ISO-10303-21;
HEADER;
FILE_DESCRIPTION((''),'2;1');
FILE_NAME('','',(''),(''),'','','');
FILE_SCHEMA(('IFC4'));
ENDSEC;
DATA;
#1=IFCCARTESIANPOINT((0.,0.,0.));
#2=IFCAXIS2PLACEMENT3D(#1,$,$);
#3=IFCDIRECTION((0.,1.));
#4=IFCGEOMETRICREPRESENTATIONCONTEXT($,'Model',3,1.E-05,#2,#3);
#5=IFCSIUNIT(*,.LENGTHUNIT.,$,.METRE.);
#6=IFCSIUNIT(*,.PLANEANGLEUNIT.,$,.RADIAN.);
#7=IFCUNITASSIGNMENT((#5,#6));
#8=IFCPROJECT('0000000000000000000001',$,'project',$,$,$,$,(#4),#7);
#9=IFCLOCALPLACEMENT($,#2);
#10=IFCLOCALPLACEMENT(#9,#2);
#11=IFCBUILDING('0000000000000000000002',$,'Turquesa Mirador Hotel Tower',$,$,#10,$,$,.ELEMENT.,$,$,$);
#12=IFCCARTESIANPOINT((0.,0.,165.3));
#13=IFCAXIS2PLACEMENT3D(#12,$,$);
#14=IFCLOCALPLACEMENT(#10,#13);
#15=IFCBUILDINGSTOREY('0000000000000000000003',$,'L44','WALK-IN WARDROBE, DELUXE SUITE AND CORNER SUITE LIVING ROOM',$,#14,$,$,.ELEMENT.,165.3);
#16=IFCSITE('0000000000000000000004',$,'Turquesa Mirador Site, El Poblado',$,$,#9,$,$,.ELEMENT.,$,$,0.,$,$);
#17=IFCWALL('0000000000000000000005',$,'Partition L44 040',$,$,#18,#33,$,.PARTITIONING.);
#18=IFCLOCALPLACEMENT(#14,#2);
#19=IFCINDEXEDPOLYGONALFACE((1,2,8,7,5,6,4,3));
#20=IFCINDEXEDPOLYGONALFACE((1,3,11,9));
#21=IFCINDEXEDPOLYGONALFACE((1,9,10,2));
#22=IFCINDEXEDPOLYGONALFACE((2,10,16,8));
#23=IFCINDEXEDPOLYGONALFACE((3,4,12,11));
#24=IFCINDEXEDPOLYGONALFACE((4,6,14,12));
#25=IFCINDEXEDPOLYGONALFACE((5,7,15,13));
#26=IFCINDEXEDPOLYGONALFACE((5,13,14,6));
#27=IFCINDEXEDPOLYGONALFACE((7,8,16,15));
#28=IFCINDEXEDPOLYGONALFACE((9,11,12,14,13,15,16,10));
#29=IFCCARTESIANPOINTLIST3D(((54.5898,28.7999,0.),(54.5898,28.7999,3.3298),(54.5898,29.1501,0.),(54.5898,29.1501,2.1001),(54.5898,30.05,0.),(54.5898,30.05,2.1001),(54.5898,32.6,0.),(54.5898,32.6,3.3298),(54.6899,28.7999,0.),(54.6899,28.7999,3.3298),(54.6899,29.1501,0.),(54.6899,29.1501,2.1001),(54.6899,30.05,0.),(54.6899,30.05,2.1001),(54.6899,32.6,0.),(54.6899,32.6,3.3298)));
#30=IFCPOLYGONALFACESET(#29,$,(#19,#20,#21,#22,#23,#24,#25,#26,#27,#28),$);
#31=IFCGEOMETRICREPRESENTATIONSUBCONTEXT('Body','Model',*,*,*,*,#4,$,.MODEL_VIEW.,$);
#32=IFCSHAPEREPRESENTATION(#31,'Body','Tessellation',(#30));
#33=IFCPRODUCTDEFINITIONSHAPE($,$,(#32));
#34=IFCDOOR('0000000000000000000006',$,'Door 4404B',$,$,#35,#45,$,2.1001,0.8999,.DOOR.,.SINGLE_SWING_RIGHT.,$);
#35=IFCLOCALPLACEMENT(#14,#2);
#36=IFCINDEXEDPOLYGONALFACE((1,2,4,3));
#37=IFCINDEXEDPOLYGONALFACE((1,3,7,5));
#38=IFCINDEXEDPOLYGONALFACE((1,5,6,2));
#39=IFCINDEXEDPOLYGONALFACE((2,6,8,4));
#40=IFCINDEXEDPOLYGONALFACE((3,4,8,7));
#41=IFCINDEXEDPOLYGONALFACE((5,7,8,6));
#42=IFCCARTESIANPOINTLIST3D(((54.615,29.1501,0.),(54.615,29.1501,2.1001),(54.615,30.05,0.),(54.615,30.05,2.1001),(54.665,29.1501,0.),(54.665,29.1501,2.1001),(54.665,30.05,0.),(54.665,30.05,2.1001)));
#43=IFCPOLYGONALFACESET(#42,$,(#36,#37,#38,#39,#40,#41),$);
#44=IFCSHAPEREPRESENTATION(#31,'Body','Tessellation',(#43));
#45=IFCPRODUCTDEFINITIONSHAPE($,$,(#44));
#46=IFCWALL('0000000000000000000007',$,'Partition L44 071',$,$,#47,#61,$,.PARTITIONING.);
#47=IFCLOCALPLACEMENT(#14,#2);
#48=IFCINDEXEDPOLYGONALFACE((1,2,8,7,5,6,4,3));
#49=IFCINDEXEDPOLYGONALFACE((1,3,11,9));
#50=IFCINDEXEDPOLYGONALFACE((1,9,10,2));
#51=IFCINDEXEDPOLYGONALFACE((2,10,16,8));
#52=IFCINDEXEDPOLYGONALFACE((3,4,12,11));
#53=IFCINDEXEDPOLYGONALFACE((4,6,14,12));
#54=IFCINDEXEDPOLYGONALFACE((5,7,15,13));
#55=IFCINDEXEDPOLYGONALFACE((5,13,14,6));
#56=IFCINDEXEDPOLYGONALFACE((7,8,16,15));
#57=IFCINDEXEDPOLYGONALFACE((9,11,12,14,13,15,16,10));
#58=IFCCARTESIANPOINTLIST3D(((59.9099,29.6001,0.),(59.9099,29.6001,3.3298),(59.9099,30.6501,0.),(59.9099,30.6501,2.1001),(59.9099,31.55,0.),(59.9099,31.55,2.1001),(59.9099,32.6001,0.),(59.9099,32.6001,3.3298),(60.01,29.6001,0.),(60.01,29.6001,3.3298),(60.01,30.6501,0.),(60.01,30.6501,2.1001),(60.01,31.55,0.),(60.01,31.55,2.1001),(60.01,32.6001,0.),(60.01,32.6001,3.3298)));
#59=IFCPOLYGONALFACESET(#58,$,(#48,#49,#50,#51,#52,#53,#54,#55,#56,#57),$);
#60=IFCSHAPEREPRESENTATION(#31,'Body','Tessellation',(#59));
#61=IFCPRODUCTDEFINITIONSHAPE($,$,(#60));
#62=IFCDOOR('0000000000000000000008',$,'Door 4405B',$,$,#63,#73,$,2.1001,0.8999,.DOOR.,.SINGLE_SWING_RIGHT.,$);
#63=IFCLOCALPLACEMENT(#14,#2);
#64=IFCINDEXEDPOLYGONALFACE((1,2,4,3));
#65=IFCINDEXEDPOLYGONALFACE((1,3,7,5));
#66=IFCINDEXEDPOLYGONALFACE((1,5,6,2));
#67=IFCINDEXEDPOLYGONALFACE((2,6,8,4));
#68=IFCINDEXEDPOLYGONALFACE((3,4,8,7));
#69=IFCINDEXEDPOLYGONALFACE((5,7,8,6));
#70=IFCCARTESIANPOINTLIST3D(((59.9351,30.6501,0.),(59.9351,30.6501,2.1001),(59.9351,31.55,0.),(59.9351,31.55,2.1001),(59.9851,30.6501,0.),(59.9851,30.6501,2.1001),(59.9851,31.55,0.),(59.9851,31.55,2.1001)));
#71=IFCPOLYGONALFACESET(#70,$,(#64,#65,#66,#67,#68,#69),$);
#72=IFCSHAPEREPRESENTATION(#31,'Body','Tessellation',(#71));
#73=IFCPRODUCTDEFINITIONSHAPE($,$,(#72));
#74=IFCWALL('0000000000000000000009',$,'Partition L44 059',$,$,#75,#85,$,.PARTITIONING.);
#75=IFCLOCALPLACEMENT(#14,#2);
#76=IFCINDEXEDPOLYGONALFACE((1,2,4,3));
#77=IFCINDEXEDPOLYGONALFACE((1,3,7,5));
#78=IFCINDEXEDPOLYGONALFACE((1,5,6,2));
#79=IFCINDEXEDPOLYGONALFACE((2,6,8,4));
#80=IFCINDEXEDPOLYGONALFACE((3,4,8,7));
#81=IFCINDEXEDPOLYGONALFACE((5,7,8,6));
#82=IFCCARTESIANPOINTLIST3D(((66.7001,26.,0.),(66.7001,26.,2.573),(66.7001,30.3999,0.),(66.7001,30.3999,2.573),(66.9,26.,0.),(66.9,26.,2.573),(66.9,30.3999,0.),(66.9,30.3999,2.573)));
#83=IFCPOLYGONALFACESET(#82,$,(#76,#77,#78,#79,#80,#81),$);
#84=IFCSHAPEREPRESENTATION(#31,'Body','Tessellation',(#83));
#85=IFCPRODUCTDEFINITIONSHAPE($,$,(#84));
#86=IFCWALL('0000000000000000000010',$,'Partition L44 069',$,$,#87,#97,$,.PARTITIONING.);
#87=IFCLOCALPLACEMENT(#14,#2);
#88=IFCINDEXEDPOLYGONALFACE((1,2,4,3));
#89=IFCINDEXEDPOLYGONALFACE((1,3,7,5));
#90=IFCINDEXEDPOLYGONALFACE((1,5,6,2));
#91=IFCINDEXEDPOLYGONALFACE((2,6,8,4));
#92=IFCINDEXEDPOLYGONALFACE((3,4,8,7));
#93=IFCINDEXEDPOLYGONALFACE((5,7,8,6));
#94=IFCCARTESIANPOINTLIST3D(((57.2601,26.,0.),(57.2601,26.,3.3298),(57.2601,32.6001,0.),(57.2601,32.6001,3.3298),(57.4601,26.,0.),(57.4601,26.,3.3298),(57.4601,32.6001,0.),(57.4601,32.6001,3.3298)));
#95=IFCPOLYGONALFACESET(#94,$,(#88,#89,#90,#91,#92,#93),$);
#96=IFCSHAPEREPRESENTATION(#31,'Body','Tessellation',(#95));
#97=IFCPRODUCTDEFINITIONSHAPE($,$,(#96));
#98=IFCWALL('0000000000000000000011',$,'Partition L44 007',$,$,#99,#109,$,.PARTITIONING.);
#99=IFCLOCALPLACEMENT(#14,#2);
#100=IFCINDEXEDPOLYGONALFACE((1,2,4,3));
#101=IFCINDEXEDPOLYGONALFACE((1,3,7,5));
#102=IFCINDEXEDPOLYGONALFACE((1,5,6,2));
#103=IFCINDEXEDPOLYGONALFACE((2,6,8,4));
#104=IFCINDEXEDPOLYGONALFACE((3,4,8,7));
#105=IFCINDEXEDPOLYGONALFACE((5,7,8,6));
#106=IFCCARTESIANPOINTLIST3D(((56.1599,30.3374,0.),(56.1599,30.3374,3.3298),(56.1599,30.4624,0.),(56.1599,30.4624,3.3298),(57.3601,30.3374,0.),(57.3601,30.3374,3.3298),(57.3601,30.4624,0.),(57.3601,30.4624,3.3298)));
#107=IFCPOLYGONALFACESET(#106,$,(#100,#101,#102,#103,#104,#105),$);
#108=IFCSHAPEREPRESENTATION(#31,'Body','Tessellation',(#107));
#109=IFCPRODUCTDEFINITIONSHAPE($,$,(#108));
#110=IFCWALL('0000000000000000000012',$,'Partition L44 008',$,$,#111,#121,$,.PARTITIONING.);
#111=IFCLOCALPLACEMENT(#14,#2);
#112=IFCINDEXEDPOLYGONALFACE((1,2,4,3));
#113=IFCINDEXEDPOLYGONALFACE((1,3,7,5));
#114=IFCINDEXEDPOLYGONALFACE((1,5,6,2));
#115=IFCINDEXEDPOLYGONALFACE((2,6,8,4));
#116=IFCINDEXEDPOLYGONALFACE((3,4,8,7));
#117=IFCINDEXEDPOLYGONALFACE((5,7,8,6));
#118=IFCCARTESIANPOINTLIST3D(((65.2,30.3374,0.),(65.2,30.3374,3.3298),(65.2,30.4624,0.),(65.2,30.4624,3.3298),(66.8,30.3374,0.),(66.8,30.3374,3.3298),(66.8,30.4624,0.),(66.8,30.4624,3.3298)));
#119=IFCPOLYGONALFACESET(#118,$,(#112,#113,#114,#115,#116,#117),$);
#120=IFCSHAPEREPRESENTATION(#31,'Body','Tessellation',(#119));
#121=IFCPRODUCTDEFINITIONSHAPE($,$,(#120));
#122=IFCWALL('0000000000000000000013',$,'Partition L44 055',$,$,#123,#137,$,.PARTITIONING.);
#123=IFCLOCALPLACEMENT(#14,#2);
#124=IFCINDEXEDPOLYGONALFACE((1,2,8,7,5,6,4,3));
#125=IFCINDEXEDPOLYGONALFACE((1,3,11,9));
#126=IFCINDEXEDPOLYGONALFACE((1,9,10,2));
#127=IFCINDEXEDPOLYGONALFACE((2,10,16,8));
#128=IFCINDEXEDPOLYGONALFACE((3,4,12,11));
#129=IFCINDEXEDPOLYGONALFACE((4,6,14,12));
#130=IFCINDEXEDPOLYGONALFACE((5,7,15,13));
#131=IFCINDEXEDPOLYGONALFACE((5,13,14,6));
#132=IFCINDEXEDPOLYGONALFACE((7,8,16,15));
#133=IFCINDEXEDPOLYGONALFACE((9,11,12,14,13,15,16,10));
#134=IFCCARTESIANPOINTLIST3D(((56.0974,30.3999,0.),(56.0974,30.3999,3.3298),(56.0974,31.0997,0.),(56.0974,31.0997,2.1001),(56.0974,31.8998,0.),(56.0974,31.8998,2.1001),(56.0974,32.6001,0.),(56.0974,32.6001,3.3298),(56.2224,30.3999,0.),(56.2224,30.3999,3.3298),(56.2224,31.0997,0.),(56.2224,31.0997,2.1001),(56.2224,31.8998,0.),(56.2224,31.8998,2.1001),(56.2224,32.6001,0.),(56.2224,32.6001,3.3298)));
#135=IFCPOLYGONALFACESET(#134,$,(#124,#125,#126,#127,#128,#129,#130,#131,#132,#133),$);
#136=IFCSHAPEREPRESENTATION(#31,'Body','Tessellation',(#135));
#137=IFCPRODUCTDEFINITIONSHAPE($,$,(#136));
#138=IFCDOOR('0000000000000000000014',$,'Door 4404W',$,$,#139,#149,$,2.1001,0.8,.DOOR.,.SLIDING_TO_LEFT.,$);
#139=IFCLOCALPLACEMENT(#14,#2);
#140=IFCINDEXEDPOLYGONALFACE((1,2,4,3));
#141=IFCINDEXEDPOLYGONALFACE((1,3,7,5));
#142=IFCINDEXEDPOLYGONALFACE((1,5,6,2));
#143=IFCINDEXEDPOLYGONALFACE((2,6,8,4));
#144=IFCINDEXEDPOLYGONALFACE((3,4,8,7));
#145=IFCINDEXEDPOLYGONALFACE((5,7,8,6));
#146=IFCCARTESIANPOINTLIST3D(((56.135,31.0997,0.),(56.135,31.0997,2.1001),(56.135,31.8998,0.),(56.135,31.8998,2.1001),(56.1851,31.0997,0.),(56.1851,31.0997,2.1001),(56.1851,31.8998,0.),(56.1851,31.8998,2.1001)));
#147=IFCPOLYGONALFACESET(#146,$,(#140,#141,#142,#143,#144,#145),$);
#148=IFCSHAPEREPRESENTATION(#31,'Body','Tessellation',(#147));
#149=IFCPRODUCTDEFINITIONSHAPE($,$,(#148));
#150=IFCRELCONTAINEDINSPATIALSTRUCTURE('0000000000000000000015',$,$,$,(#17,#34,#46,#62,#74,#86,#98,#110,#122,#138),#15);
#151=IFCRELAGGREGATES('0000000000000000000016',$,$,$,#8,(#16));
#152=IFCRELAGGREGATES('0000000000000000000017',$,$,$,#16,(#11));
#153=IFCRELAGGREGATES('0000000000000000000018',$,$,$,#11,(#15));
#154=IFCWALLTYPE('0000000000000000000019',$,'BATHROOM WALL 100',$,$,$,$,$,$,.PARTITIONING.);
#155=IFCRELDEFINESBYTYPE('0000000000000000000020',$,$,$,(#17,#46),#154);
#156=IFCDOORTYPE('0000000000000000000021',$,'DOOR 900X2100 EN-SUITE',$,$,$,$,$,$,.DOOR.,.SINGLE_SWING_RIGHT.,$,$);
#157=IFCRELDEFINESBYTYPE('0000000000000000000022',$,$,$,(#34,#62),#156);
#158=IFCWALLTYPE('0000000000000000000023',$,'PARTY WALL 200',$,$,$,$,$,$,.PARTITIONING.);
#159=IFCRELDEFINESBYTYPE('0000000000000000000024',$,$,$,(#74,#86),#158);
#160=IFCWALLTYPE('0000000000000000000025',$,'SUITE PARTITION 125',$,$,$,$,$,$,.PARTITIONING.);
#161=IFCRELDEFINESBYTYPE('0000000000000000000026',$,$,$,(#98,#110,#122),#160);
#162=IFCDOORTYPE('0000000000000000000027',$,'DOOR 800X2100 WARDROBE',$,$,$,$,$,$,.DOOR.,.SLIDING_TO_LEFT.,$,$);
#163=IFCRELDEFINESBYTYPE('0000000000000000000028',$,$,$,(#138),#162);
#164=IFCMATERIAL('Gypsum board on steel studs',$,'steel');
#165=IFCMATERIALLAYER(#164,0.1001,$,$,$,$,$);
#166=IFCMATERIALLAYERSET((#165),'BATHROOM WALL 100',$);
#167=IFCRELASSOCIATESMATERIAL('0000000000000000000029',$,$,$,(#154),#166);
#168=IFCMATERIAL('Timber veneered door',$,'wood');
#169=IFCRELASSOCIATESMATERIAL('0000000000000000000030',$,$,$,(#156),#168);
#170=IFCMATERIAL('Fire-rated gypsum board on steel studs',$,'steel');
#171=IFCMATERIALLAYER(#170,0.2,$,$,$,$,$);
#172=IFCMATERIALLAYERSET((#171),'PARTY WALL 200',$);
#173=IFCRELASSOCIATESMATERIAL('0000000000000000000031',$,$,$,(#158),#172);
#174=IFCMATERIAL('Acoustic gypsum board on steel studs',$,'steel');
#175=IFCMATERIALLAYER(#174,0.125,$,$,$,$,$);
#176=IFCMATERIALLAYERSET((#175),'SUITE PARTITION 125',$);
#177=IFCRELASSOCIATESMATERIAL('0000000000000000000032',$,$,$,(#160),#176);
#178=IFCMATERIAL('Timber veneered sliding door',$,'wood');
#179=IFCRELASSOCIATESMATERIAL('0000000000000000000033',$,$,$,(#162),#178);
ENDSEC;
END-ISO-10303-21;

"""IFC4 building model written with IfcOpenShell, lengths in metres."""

from ifc_helpers import new_model, si_unit, direction, frame, frame_2d, origin, place, context, subcontext, project, spatial, rectangle, extrude, material, layer, layer_set, type_object, element, fill, save


model = new_model("IFC4")

# Units and contexts
model_context = context("Model", 3, precision=1e-05, world=origin(), true_north=direction((0.0, 1.0)))
body_context = subcontext(model_context, "Body", "Model", "MODEL_VIEW")
ifc_project = project(units=[si_unit("LENGTHUNIT", "METRE"), si_unit("PLANEANGLEUNIT", "RADIAN")], contexts=[model_context])

# Site, building, storey
site_placement = place(None, origin())
site = spatial("IfcSite", under=ifc_project, at=site_placement, Name="Turquesa Mirador Site, El Poblado", CompositionType="ELEMENT", RefElevation=0.0)
building_placement = place(site_placement, origin())
building = spatial("IfcBuilding", under=site, at=building_placement, Name="Turquesa Mirador Hotel Tower", CompositionType="ELEMENT")
storey_placement = place(building_placement, frame((0.0, 0.0, 165.3)))
storey = spatial("IfcBuildingStorey", under=building, at=storey_placement, Name="L44", Description="WALK-IN WARDROBE, DELUXE SUITE AND CORNER SUITE LIVING ROOM", CompositionType="ELEMENT", Elevation=165.3)

# Shared definitions
ifc_material_1 = material(Name="Gypsum board on steel studs", Category="steel")
ifc_layer_1 = layer(ifc_material_1, 0.1001)
ifc_layer_set_1 = layer_set([ifc_layer_1], Name="BATHROOM WALL 100")
wall_type_1 = type_object("IfcWallType", Name="BATHROOM WALL 100", PredefinedType="PARTITIONING", material=ifc_layer_set_1)

# Walls, openings, doors
wall_1_placement = place(storey_placement, frame((54.6399, 28.8, 0.0), z_axis=(0.0, 0.0, 1.0), x_axis=(0.0, 1.0, 0.0)))
wall_1 = element("IfcWall", 1, at=wall_1_placement, inside=storey, type_object=wall_type_1, Name="Partition L44 040", PredefinedType="PARTITIONING", context=body_context, shape_type="SweptSolid", body=[
    extrude(rectangle(XDim=3.8, YDim=0.1001, at=frame_2d((1.8999, 0.0))), origin(), (0.0, 0.0, 1.0), 3.3298),
])
opening_1_placement = place(wall_1_placement, frame((0.3501, 0.0, 0.0)))
opening_1 = element("IfcOpeningElement", 2, at=opening_1_placement, cuts=wall_1, PredefinedType="OPENING", context=body_context, shape_type="SweptSolid", body=[
    extrude(rectangle(XDim=0.8999, YDim=2.1001, at=frame_2d((0.45, 1.05))), frame((0.0, 0.0601, 0.0), z_axis=(0.0, -1.0, 0.0), x_axis=(1.0, 0.0, 0.0)), (0.0, 0.0, 1.0), 0.1201),
])
ifc_material_2 = material(Name="Timber veneered door", Category="wood")
door_type_1 = type_object("IfcDoorType", Name="DOOR 900X2100 EN-SUITE", OperationType="SINGLE_SWING_RIGHT", PredefinedType="DOOR", material=ifc_material_2)
door_1_placement = place(opening_1_placement, origin())
door_1 = element("IfcDoor", 3, at=door_1_placement, inside=storey, type_object=door_type_1, Name="Door 4404B", OperationType="SINGLE_SWING_RIGHT", OverallHeight=2.1001, OverallWidth=0.8999, PredefinedType="DOOR", context=body_context, shape_type="SweptSolid", body=[
    extrude(rectangle(XDim=0.8999, YDim=2.1001, at=frame_2d((0.45, 1.05))), frame((0.0, 0.0249, 0.0), z_axis=(0.0, -1.0, 0.0), x_axis=(1.0, 0.0, 0.0)), (0.0, 0.0, 1.0), 0.05),
])
fill(opening_1, door_1)
wall_2_placement = place(storey_placement, frame((59.96, 29.6001, 0.0), z_axis=(0.0, 0.0, 1.0), x_axis=(0.0, 1.0, 0.0)))
wall_2 = element("IfcWall", 4, at=wall_2_placement, inside=storey, type_object=wall_type_1, Name="Partition L44 071", PredefinedType="PARTITIONING", context=body_context, shape_type="SweptSolid", body=[
    extrude(rectangle(XDim=3.0, YDim=0.1001, at=frame_2d((1.5, 0.0))), origin(), (0.0, 0.0, 1.0), 3.3298),
])
opening_2_placement = place(wall_2_placement, frame((1.05, 0.0, 0.0)))
opening_2 = element("IfcOpeningElement", 5, at=opening_2_placement, cuts=wall_2, PredefinedType="OPENING", context=body_context, shape_type="SweptSolid", body=[
    extrude(rectangle(XDim=0.8999, YDim=2.1001, at=frame_2d((0.45, 1.05))), frame((0.0, 0.0601, 0.0), z_axis=(0.0, -1.0, 0.0), x_axis=(1.0, 0.0, 0.0)), (0.0, 0.0, 1.0), 0.1201),
])
door_2_placement = place(opening_2_placement, origin())
door_2 = element("IfcDoor", 6, at=door_2_placement, inside=storey, type_object=door_type_1, Name="Door 4405B", OperationType="SINGLE_SWING_RIGHT", OverallHeight=2.1001, OverallWidth=0.8999, PredefinedType="DOOR", context=body_context, shape_type="SweptSolid", body=[
    extrude(rectangle(XDim=0.8999, YDim=2.1001, at=frame_2d((0.45, 1.05))), frame((0.0, 0.0249, 0.0), z_axis=(0.0, -1.0, 0.0), x_axis=(1.0, 0.0, 0.0)), (0.0, 0.0, 1.0), 0.05),
])
fill(opening_2, door_2)

# Walls
ifc_material_3 = material(Name="Fire-rated gypsum board on steel studs", Category="steel")
ifc_layer_2 = layer(ifc_material_3, 0.2)
ifc_layer_set_2 = layer_set([ifc_layer_2], Name="PARTY WALL 200")
wall_type_2 = type_object("IfcWallType", Name="PARTY WALL 200", PredefinedType="PARTITIONING", material=ifc_layer_set_2)
wall_3_placement = place(storey_placement, frame((66.8, 26.0, 0.0), z_axis=(0.0, 0.0, 1.0), x_axis=(0.0, 1.0, 0.0)))
element("IfcWall", 7, at=wall_3_placement, inside=storey, type_object=wall_type_2, Name="Partition L44 059", PredefinedType="PARTITIONING", context=body_context, shape_type="SweptSolid", body=[
    extrude(rectangle(XDim=4.3999, YDim=0.2, at=frame_2d((2.2, 0.0))), origin(), (0.0, 0.0, 1.0), 2.573),
])
wall_4_placement = place(storey_placement, frame((57.3601, 26.0, 0.0), z_axis=(0.0, 0.0, 1.0), x_axis=(0.0, 1.0, 0.0)))
element("IfcWall", 8, at=wall_4_placement, inside=storey, type_object=wall_type_2, Name="Partition L44 069", PredefinedType="PARTITIONING", context=body_context, shape_type="SweptSolid", body=[
    extrude(rectangle(XDim=6.6001, YDim=0.2, at=frame_2d((3.3, 0.0))), origin(), (0.0, 0.0, 1.0), 3.3298),
])
ifc_material_4 = material(Name="Acoustic gypsum board on steel studs", Category="steel")
ifc_layer_3 = layer(ifc_material_4, 0.125)
ifc_layer_set_3 = layer_set([ifc_layer_3], Name="SUITE PARTITION 125")
wall_type_3 = type_object("IfcWallType", Name="SUITE PARTITION 125", PredefinedType="PARTITIONING", material=ifc_layer_set_3)
wall_5_placement = place(storey_placement, frame((56.1599, 30.3999, 0.0), z_axis=(0.0, 0.0, 1.0), x_axis=(1.0, 0.0, 0.0)))
element("IfcWall", 9, at=wall_5_placement, inside=storey, type_object=wall_type_3, Name="Partition L44 007", PredefinedType="PARTITIONING", context=body_context, shape_type="SweptSolid", body=[
    extrude(rectangle(XDim=1.2002, YDim=0.125, at=frame_2d((0.6001, 0.0))), origin(), (0.0, 0.0, 1.0), 3.3298),
])
wall_6_placement = place(storey_placement, frame((65.2, 30.3999, 0.0), z_axis=(0.0, 0.0, 1.0), x_axis=(1.0, 0.0, 0.0)))
element("IfcWall", 10, at=wall_6_placement, inside=storey, type_object=wall_type_3, Name="Partition L44 008", PredefinedType="PARTITIONING", context=body_context, shape_type="SweptSolid", body=[
    extrude(rectangle(XDim=1.6001, YDim=0.125, at=frame_2d((0.8, 0.0))), origin(), (0.0, 0.0, 1.0), 3.3298),
])

# Wall, opening, door
wall_7_placement = place(storey_placement, frame((56.1599, 30.3999, 0.0), z_axis=(0.0, 0.0, 1.0), x_axis=(0.0, 1.0, 0.0)))
wall_7 = element("IfcWall", 11, at=wall_7_placement, inside=storey, type_object=wall_type_3, Name="Partition L44 055", PredefinedType="PARTITIONING", context=body_context, shape_type="SweptSolid", body=[
    extrude(rectangle(XDim=2.2002, YDim=0.125, at=frame_2d((1.1001, 0.0))), origin(), (0.0, 0.0, 1.0), 3.3298),
])
opening_3_placement = place(wall_7_placement, frame((0.7, 0.0, 0.0)))
opening_3 = element("IfcOpeningElement", 12, at=opening_3_placement, cuts=wall_7, PredefinedType="OPENING", context=body_context, shape_type="SweptSolid", body=[
    extrude(rectangle(XDim=0.8, YDim=2.1001, at=frame_2d((0.3999, 1.05))), frame((0.0, 0.0725, 0.0), z_axis=(0.0, -1.0, 0.0), x_axis=(1.0, 0.0, 0.0)), (0.0, 0.0, 1.0), 0.145),
])
ifc_material_5 = material(Name="Timber veneered sliding door", Category="wood")
door_type_2 = type_object("IfcDoorType", Name="DOOR 800X2100 WARDROBE", OperationType="SLIDING_TO_LEFT", PredefinedType="DOOR", material=ifc_material_5)
door_3_placement = place(opening_3_placement, origin())
door_3 = element("IfcDoor", 13, at=door_3_placement, inside=storey, type_object=door_type_2, Name="Door 4404W", OperationType="SLIDING_TO_LEFT", OverallHeight=2.1001, OverallWidth=0.8, PredefinedType="DOOR", context=body_context, shape_type="SweptSolid", body=[
    extrude(rectangle(XDim=0.8, YDim=2.1001, at=frame_2d((0.3999, 1.05))), frame((0.0, 0.0249, 0.0), z_axis=(0.0, -1.0, 0.0), x_axis=(1.0, 0.0, 0.0)), (0.0, 0.0, 1.0), 0.05),
])
fill(opening_3, door_3)

save(model, "model.ifc")
